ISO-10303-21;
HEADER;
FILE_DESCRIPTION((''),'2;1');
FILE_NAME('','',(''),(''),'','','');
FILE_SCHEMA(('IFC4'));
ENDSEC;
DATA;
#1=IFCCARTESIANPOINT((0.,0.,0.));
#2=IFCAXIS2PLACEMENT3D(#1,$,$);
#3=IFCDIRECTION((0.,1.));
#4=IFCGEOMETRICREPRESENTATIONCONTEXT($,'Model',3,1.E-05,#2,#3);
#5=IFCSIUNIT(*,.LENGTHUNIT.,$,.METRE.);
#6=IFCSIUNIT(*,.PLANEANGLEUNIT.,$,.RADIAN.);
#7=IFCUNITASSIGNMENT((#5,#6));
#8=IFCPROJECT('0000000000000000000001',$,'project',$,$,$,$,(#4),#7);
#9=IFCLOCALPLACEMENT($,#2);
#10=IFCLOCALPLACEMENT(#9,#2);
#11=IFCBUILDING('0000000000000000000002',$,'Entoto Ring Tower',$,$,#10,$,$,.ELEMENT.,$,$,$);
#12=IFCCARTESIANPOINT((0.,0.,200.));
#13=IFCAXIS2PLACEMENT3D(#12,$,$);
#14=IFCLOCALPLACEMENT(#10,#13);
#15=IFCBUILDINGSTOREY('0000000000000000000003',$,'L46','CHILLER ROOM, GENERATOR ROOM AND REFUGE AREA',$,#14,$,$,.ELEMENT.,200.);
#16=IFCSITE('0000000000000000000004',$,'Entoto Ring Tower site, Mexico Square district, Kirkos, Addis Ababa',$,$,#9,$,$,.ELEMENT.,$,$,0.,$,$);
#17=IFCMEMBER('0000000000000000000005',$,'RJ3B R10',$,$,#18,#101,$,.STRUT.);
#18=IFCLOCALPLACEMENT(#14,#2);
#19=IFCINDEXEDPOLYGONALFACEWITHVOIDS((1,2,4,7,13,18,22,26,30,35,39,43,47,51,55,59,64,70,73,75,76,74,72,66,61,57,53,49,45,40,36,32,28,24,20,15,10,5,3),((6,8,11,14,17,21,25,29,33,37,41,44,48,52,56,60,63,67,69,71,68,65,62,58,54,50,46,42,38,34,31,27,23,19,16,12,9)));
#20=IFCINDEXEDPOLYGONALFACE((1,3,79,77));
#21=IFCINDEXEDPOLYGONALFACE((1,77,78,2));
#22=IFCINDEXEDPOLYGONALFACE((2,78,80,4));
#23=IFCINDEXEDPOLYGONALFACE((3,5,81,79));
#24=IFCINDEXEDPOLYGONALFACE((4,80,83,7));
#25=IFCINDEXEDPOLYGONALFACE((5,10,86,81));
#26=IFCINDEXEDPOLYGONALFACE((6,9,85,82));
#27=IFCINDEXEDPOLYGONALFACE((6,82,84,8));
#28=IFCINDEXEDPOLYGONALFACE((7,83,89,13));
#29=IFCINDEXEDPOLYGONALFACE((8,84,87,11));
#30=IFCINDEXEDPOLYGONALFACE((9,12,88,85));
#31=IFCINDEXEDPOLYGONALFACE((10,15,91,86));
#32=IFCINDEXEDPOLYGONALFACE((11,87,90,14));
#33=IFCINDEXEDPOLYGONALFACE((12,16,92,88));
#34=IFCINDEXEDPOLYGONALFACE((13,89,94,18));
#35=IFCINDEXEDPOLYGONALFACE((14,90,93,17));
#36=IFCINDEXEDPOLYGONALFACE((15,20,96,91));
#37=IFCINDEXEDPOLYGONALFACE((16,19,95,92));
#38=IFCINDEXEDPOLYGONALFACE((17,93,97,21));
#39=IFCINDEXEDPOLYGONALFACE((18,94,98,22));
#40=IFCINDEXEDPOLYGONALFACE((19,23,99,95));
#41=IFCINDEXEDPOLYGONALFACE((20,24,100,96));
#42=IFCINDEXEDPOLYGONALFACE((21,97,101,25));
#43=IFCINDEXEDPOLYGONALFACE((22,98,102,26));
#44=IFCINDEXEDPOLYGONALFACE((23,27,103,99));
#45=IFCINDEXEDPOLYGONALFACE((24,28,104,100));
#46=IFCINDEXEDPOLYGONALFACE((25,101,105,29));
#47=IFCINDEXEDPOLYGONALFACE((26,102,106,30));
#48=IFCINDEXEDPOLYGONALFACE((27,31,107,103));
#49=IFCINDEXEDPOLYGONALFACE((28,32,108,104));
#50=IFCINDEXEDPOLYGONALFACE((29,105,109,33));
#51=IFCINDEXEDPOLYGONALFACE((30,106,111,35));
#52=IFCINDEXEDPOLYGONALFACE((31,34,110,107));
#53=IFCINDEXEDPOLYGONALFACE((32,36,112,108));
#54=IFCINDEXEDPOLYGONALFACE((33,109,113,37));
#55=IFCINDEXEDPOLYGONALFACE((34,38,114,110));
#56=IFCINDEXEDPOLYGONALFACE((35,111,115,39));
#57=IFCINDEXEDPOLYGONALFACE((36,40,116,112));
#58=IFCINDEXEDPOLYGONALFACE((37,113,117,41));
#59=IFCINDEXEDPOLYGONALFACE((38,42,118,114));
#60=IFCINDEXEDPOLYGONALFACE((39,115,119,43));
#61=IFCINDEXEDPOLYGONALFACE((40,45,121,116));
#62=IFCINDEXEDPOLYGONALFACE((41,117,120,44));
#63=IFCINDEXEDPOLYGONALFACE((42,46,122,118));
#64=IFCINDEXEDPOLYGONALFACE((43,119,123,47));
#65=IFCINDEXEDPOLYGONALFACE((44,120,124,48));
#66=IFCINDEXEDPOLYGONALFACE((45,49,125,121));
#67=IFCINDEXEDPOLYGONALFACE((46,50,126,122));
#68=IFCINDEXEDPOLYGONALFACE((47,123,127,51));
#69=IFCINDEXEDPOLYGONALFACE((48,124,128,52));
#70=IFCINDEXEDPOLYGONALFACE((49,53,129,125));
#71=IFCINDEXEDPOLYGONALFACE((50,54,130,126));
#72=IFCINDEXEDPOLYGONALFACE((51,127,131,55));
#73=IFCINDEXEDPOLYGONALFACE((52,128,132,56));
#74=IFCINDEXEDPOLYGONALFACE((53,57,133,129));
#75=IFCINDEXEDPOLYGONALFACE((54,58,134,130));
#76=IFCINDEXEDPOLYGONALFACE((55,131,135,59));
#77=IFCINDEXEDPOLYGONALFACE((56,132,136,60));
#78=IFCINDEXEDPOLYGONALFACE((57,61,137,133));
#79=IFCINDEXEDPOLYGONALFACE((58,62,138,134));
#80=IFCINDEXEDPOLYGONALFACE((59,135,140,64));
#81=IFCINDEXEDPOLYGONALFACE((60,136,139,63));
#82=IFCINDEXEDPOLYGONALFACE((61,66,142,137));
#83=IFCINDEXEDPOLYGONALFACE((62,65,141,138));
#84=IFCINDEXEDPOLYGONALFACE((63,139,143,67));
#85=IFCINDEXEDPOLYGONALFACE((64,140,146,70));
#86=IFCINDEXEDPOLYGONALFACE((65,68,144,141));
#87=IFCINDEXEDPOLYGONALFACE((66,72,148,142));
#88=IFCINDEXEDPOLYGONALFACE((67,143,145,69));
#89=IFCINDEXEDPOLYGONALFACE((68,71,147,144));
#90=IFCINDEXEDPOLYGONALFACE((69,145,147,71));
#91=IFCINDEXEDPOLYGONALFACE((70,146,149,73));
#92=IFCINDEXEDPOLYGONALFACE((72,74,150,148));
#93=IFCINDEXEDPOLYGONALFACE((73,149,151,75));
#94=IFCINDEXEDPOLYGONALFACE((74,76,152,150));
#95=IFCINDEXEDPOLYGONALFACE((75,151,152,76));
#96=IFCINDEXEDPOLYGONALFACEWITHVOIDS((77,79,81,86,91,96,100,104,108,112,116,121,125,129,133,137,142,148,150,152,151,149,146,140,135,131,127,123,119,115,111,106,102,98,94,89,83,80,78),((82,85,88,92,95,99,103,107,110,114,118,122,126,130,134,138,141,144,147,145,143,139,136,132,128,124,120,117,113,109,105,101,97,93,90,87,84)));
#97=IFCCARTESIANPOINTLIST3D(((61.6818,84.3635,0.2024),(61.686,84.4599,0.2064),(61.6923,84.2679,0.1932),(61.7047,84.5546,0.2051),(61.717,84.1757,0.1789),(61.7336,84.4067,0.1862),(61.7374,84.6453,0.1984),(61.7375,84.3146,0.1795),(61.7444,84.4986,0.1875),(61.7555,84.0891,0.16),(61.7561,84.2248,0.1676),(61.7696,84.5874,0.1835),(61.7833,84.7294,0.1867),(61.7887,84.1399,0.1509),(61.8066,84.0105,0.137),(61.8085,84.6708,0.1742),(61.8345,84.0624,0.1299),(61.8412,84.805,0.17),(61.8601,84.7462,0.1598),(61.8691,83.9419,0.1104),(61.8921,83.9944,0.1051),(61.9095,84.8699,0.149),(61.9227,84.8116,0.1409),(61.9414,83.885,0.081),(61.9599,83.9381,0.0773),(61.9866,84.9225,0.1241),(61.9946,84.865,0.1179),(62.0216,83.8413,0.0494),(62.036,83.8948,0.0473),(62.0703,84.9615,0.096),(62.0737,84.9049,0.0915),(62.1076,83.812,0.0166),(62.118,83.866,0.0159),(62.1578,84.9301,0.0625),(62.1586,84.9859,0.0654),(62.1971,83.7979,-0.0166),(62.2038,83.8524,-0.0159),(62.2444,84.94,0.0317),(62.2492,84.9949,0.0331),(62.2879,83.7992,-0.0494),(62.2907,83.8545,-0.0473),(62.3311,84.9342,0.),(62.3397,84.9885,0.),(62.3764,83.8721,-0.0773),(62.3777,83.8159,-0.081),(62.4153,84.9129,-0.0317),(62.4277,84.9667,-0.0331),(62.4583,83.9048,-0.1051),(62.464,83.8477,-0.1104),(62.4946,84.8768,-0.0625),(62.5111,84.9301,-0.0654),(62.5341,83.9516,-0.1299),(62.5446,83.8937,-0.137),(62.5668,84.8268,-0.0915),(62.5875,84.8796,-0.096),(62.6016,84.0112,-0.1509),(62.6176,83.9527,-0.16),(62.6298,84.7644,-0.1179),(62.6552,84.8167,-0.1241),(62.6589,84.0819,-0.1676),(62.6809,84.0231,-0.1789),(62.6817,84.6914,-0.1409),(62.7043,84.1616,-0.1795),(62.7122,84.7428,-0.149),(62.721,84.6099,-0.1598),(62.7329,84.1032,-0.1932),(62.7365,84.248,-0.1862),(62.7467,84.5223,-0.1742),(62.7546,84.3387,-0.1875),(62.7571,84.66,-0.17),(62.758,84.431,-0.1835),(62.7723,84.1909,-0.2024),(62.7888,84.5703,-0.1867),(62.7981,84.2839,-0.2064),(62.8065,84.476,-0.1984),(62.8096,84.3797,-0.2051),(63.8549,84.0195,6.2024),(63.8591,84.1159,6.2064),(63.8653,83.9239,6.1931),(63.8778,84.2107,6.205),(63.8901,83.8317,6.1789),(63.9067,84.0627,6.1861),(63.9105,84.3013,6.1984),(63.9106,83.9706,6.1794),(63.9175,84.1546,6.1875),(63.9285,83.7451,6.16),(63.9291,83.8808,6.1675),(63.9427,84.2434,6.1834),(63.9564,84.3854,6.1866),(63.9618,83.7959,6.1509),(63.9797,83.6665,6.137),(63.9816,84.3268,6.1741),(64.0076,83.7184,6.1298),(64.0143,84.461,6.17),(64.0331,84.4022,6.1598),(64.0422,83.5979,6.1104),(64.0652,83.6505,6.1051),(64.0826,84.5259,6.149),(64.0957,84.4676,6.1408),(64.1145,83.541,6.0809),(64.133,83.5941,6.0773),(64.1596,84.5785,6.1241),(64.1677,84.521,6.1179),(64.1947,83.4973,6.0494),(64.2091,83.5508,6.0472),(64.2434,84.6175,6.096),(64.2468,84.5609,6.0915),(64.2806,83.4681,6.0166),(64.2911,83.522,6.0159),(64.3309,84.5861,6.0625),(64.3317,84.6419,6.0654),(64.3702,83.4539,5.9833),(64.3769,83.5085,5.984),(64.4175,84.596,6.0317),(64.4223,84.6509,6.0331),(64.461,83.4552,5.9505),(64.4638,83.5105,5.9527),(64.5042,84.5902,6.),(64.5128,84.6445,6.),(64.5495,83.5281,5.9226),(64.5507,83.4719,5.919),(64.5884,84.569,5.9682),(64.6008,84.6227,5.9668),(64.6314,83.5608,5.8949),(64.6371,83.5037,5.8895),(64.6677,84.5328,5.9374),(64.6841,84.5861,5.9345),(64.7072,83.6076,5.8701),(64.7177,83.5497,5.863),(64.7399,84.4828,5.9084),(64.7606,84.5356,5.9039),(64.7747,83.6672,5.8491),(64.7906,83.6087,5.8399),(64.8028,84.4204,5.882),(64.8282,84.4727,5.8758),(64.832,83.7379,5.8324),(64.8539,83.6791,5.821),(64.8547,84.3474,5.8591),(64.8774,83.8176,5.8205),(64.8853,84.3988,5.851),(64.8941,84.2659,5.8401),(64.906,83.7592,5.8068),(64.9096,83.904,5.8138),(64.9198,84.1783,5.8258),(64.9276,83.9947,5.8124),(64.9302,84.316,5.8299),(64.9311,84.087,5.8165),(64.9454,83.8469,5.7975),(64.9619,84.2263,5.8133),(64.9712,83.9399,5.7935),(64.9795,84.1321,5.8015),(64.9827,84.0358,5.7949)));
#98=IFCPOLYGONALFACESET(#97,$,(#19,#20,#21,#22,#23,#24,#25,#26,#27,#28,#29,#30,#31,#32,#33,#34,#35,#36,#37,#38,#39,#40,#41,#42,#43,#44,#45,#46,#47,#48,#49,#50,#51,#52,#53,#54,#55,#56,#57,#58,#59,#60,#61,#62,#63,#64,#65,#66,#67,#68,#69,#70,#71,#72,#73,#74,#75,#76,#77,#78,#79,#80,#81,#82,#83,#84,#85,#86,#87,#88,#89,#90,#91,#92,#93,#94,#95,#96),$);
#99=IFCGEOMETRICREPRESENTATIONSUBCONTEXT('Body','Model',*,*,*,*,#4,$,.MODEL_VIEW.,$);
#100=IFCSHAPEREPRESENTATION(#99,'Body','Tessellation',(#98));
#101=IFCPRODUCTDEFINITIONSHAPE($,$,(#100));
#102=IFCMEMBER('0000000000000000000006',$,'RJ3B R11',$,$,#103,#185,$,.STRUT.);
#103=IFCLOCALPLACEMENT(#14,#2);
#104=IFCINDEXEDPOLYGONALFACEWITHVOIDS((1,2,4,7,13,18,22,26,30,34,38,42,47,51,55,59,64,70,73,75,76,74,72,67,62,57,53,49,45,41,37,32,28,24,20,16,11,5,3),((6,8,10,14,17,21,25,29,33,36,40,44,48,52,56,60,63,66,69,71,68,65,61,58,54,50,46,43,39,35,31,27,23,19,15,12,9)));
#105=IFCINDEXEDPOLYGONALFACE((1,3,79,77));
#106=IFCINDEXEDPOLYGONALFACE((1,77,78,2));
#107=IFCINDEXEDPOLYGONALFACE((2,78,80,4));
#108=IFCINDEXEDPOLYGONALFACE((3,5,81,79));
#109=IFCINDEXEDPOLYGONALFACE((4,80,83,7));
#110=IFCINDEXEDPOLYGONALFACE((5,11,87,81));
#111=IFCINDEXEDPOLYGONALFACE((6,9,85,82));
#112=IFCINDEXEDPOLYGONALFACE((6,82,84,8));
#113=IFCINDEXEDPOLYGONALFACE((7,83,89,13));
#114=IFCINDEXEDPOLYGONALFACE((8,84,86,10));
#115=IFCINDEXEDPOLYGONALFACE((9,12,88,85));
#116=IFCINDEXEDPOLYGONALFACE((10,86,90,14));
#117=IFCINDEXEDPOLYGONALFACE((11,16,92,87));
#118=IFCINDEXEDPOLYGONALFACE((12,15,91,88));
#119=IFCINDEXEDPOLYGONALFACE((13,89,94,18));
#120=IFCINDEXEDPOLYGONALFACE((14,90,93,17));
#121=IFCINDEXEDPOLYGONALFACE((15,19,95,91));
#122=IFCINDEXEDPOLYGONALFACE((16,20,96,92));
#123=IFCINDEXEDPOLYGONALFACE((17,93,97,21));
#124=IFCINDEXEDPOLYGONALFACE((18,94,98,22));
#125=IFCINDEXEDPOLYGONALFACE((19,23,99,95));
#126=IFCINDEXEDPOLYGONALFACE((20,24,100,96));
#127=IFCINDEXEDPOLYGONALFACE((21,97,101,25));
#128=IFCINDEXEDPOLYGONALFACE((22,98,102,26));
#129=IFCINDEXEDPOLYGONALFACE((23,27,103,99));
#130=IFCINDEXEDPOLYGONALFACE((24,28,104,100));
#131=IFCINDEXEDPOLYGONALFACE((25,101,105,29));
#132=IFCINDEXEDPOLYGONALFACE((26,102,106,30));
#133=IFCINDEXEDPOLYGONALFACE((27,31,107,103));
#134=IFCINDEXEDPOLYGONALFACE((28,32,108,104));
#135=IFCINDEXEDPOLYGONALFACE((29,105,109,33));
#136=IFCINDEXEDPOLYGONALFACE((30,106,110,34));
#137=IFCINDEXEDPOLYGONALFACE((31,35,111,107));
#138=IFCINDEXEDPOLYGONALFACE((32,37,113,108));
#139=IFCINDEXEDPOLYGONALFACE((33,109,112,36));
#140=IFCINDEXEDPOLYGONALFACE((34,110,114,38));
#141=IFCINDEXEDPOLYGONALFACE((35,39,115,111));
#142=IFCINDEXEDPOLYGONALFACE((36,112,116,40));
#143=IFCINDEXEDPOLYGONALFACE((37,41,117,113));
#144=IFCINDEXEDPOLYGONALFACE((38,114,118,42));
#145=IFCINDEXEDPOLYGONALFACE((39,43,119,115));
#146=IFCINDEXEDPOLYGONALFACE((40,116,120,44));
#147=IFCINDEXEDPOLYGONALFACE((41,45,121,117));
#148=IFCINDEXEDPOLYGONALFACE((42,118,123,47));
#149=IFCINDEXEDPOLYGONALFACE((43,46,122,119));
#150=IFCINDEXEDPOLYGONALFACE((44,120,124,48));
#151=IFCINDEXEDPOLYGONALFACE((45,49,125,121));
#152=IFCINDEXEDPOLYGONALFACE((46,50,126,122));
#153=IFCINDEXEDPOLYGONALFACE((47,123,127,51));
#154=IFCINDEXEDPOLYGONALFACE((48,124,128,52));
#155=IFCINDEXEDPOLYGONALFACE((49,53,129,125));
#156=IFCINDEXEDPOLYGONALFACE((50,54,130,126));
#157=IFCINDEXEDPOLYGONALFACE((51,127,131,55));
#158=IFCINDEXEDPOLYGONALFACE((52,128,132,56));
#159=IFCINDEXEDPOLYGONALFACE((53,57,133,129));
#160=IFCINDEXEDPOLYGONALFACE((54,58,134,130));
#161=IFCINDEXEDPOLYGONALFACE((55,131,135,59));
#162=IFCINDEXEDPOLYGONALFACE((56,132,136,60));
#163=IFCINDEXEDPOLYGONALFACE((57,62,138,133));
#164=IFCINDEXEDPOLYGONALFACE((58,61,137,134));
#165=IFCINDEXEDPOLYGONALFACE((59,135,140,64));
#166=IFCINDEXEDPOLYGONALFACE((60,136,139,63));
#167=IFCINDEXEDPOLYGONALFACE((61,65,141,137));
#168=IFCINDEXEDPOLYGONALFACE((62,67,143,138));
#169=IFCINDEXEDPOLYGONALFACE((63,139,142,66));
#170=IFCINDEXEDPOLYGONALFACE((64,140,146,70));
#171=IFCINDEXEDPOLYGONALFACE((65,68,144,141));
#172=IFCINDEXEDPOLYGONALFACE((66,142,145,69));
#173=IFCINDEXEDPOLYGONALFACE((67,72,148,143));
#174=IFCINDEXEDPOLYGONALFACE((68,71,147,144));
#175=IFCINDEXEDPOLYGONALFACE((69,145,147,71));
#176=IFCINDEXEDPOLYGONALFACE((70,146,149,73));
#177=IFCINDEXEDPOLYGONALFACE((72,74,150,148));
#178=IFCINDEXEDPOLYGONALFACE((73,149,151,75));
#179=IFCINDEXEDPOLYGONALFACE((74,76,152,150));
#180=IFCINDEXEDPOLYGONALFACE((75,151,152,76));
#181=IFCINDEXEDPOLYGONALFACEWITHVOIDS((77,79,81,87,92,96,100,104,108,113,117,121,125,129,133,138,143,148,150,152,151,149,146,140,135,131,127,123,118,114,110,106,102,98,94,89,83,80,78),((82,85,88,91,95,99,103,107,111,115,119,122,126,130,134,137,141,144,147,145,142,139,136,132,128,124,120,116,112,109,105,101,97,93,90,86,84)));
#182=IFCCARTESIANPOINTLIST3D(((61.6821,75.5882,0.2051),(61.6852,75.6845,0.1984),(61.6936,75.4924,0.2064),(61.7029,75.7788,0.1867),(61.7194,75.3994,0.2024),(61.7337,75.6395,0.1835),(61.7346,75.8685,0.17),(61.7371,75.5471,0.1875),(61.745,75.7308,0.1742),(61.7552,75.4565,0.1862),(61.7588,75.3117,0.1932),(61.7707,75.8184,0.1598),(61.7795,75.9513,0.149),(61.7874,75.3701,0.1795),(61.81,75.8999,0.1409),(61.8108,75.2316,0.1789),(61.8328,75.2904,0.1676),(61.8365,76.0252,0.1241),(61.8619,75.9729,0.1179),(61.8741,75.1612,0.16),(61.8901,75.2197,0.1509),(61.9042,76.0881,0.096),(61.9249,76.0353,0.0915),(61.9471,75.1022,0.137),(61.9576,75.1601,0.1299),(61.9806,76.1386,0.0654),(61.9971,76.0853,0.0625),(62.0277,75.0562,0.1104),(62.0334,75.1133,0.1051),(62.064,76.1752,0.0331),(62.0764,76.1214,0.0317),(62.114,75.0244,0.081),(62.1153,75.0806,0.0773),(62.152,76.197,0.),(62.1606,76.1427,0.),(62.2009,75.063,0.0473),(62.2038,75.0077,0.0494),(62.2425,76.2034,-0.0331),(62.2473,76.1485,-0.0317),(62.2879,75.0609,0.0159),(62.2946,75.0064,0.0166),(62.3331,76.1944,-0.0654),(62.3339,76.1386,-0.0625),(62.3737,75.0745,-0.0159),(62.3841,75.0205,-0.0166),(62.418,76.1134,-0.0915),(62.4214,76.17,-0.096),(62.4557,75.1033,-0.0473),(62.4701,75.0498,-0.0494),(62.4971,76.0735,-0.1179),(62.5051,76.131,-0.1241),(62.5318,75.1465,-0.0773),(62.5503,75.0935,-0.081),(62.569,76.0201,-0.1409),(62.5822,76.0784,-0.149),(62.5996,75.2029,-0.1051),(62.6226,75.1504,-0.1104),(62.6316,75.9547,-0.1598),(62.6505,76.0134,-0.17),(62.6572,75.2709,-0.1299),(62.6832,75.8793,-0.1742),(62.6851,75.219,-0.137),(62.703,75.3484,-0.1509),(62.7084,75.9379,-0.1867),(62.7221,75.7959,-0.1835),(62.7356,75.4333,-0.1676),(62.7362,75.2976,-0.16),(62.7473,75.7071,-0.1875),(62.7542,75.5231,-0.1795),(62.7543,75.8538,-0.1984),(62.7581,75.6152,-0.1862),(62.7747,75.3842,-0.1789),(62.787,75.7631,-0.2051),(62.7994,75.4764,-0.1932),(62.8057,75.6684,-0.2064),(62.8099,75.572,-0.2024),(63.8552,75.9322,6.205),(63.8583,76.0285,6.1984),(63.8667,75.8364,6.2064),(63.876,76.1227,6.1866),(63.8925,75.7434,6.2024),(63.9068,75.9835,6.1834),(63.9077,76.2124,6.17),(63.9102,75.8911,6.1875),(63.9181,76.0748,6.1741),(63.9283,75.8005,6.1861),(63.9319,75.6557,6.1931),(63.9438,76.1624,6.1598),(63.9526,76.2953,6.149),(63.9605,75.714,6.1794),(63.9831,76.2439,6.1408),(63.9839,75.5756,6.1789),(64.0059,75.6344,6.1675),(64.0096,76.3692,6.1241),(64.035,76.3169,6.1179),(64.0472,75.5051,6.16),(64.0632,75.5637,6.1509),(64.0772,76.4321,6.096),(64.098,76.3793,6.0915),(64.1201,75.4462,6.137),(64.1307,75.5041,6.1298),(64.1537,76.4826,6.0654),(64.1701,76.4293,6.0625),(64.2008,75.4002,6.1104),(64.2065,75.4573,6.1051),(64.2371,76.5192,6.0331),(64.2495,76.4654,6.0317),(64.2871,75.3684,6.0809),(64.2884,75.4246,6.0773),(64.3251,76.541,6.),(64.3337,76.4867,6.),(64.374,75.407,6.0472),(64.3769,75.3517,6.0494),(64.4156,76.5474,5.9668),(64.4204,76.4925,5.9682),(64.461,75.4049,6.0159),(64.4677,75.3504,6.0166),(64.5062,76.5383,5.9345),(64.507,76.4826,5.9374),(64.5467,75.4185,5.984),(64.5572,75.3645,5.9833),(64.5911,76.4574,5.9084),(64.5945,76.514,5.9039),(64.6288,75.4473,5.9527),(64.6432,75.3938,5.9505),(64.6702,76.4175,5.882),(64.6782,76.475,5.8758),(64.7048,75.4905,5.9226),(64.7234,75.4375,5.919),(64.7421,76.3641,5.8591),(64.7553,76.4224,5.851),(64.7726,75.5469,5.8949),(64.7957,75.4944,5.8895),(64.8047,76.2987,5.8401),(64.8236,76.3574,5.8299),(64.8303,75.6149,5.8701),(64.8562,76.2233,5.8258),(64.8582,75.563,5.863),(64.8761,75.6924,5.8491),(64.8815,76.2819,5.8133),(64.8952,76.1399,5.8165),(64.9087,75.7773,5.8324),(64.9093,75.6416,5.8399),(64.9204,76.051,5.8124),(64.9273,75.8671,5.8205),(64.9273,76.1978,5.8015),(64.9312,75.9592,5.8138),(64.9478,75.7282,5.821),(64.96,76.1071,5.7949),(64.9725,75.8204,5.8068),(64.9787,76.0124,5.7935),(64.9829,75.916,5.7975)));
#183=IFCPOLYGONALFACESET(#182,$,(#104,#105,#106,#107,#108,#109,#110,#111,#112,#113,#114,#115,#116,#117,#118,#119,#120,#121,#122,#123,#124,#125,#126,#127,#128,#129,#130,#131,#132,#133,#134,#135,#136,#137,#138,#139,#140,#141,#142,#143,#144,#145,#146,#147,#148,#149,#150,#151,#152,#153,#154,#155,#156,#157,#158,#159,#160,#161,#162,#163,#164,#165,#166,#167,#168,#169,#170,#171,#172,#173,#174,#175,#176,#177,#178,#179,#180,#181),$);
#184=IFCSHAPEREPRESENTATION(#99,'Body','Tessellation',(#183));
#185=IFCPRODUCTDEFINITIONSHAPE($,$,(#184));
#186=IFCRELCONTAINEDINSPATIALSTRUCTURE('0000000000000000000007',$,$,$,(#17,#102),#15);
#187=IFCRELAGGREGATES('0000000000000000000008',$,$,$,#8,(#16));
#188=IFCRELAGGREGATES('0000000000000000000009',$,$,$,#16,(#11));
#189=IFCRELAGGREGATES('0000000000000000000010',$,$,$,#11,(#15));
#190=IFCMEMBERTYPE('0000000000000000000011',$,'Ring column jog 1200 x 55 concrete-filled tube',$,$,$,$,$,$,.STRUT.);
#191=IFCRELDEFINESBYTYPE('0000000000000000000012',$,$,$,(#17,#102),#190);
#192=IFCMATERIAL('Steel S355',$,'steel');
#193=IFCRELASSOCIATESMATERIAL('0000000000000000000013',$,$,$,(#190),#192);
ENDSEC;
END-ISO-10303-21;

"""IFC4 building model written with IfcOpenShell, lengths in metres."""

from ifc_helpers import new_model, si_unit, direction, frame, origin, origin_2d, place, context, subcontext, project, spatial, circle, hollow_circle, extrude, material, material_profile, profile_set, type_object, element, save


model = new_model("IFC4")

# Units and contexts
model_context = context("Model", 3, precision=1e-05, world=origin(), true_north=direction((0.0, 1.0)))
body_context = subcontext(model_context, "Body", "Model", "MODEL_VIEW")
ifc_project = project(units=[si_unit("LENGTHUNIT", "METRE"), si_unit("PLANEANGLEUNIT", "RADIAN")], contexts=[model_context])

# Site, building, storey
site_placement = place(None, origin())
site = spatial("IfcSite", under=ifc_project, at=site_placement, Name="Entoto Ring Tower site, Mexico Square district, Kirkos, Addis Ababa", CompositionType="ELEMENT", RefElevation=0.0)
building_placement = place(site_placement, origin())
building = spatial("IfcBuilding", under=site, at=building_placement, Name="Entoto Ring Tower", CompositionType="ELEMENT")
storey_placement = place(building_placement, frame((0.0, 0.0, 200.0)))
storey = spatial("IfcBuildingStorey", under=building, at=storey_placement, Name="L46", Description="CHILLER ROOM, GENERATOR ROOM AND REFUGE AREA", CompositionType="ELEMENT", Elevation=200.0)

# Members
ifc_material_1 = material(Name="Steel S355", Category="steel")
ifc_material_profile_1 = material_profile(ifc_material_1, hollow_circle(Radius=0.6001, WallThickness=0.0549, at=origin_2d()), Name="CHS 1200 x 55")
ifc_material_2 = material(Name="Concrete C60/75", Category="concrete")
ifc_material_profile_2 = material_profile(ifc_material_2, circle(Radius=0.5449, at=origin_2d()), Name="Concrete C60/75 infill")
ifc_profile_set_1 = profile_set([ifc_material_profile_1, ifc_material_profile_2], Name="Steel S355")
member_type_1 = type_object("IfcMemberType", Name="Ring column jog 1200 x 55 concrete-filled tube", PredefinedType="STRUT", material=ifc_profile_set_1)
for number, where, z_axis, x_axis, name in (
    (1, (62.2458, 84.3958, 0.0), (0.340042, -0.053828, 0.938869), (0.15635, 0.987702, 0.0), "RJ3B R10"),
    (2, (62.2458, 75.6042, 0.0), (0.340042, 0.053828, 0.938869), (-0.15635, 0.987702, 0.0), "RJ3B R11"),
):
    element("IfcMember", number, at=place(storey_placement, frame(where, z_axis=z_axis, x_axis=x_axis)), inside=storey, type_object=member_type_1, Name=name, PredefinedType="STRUT", context=body_context, shape_type="SweptSolid", body=[
        extrude(hollow_circle(Radius=0.6001, WallThickness=0.0549, at=origin_2d()), origin(), (0.0, 0.0, 1.0), 6.3906),
    ])

save(model, "model.ifc")
